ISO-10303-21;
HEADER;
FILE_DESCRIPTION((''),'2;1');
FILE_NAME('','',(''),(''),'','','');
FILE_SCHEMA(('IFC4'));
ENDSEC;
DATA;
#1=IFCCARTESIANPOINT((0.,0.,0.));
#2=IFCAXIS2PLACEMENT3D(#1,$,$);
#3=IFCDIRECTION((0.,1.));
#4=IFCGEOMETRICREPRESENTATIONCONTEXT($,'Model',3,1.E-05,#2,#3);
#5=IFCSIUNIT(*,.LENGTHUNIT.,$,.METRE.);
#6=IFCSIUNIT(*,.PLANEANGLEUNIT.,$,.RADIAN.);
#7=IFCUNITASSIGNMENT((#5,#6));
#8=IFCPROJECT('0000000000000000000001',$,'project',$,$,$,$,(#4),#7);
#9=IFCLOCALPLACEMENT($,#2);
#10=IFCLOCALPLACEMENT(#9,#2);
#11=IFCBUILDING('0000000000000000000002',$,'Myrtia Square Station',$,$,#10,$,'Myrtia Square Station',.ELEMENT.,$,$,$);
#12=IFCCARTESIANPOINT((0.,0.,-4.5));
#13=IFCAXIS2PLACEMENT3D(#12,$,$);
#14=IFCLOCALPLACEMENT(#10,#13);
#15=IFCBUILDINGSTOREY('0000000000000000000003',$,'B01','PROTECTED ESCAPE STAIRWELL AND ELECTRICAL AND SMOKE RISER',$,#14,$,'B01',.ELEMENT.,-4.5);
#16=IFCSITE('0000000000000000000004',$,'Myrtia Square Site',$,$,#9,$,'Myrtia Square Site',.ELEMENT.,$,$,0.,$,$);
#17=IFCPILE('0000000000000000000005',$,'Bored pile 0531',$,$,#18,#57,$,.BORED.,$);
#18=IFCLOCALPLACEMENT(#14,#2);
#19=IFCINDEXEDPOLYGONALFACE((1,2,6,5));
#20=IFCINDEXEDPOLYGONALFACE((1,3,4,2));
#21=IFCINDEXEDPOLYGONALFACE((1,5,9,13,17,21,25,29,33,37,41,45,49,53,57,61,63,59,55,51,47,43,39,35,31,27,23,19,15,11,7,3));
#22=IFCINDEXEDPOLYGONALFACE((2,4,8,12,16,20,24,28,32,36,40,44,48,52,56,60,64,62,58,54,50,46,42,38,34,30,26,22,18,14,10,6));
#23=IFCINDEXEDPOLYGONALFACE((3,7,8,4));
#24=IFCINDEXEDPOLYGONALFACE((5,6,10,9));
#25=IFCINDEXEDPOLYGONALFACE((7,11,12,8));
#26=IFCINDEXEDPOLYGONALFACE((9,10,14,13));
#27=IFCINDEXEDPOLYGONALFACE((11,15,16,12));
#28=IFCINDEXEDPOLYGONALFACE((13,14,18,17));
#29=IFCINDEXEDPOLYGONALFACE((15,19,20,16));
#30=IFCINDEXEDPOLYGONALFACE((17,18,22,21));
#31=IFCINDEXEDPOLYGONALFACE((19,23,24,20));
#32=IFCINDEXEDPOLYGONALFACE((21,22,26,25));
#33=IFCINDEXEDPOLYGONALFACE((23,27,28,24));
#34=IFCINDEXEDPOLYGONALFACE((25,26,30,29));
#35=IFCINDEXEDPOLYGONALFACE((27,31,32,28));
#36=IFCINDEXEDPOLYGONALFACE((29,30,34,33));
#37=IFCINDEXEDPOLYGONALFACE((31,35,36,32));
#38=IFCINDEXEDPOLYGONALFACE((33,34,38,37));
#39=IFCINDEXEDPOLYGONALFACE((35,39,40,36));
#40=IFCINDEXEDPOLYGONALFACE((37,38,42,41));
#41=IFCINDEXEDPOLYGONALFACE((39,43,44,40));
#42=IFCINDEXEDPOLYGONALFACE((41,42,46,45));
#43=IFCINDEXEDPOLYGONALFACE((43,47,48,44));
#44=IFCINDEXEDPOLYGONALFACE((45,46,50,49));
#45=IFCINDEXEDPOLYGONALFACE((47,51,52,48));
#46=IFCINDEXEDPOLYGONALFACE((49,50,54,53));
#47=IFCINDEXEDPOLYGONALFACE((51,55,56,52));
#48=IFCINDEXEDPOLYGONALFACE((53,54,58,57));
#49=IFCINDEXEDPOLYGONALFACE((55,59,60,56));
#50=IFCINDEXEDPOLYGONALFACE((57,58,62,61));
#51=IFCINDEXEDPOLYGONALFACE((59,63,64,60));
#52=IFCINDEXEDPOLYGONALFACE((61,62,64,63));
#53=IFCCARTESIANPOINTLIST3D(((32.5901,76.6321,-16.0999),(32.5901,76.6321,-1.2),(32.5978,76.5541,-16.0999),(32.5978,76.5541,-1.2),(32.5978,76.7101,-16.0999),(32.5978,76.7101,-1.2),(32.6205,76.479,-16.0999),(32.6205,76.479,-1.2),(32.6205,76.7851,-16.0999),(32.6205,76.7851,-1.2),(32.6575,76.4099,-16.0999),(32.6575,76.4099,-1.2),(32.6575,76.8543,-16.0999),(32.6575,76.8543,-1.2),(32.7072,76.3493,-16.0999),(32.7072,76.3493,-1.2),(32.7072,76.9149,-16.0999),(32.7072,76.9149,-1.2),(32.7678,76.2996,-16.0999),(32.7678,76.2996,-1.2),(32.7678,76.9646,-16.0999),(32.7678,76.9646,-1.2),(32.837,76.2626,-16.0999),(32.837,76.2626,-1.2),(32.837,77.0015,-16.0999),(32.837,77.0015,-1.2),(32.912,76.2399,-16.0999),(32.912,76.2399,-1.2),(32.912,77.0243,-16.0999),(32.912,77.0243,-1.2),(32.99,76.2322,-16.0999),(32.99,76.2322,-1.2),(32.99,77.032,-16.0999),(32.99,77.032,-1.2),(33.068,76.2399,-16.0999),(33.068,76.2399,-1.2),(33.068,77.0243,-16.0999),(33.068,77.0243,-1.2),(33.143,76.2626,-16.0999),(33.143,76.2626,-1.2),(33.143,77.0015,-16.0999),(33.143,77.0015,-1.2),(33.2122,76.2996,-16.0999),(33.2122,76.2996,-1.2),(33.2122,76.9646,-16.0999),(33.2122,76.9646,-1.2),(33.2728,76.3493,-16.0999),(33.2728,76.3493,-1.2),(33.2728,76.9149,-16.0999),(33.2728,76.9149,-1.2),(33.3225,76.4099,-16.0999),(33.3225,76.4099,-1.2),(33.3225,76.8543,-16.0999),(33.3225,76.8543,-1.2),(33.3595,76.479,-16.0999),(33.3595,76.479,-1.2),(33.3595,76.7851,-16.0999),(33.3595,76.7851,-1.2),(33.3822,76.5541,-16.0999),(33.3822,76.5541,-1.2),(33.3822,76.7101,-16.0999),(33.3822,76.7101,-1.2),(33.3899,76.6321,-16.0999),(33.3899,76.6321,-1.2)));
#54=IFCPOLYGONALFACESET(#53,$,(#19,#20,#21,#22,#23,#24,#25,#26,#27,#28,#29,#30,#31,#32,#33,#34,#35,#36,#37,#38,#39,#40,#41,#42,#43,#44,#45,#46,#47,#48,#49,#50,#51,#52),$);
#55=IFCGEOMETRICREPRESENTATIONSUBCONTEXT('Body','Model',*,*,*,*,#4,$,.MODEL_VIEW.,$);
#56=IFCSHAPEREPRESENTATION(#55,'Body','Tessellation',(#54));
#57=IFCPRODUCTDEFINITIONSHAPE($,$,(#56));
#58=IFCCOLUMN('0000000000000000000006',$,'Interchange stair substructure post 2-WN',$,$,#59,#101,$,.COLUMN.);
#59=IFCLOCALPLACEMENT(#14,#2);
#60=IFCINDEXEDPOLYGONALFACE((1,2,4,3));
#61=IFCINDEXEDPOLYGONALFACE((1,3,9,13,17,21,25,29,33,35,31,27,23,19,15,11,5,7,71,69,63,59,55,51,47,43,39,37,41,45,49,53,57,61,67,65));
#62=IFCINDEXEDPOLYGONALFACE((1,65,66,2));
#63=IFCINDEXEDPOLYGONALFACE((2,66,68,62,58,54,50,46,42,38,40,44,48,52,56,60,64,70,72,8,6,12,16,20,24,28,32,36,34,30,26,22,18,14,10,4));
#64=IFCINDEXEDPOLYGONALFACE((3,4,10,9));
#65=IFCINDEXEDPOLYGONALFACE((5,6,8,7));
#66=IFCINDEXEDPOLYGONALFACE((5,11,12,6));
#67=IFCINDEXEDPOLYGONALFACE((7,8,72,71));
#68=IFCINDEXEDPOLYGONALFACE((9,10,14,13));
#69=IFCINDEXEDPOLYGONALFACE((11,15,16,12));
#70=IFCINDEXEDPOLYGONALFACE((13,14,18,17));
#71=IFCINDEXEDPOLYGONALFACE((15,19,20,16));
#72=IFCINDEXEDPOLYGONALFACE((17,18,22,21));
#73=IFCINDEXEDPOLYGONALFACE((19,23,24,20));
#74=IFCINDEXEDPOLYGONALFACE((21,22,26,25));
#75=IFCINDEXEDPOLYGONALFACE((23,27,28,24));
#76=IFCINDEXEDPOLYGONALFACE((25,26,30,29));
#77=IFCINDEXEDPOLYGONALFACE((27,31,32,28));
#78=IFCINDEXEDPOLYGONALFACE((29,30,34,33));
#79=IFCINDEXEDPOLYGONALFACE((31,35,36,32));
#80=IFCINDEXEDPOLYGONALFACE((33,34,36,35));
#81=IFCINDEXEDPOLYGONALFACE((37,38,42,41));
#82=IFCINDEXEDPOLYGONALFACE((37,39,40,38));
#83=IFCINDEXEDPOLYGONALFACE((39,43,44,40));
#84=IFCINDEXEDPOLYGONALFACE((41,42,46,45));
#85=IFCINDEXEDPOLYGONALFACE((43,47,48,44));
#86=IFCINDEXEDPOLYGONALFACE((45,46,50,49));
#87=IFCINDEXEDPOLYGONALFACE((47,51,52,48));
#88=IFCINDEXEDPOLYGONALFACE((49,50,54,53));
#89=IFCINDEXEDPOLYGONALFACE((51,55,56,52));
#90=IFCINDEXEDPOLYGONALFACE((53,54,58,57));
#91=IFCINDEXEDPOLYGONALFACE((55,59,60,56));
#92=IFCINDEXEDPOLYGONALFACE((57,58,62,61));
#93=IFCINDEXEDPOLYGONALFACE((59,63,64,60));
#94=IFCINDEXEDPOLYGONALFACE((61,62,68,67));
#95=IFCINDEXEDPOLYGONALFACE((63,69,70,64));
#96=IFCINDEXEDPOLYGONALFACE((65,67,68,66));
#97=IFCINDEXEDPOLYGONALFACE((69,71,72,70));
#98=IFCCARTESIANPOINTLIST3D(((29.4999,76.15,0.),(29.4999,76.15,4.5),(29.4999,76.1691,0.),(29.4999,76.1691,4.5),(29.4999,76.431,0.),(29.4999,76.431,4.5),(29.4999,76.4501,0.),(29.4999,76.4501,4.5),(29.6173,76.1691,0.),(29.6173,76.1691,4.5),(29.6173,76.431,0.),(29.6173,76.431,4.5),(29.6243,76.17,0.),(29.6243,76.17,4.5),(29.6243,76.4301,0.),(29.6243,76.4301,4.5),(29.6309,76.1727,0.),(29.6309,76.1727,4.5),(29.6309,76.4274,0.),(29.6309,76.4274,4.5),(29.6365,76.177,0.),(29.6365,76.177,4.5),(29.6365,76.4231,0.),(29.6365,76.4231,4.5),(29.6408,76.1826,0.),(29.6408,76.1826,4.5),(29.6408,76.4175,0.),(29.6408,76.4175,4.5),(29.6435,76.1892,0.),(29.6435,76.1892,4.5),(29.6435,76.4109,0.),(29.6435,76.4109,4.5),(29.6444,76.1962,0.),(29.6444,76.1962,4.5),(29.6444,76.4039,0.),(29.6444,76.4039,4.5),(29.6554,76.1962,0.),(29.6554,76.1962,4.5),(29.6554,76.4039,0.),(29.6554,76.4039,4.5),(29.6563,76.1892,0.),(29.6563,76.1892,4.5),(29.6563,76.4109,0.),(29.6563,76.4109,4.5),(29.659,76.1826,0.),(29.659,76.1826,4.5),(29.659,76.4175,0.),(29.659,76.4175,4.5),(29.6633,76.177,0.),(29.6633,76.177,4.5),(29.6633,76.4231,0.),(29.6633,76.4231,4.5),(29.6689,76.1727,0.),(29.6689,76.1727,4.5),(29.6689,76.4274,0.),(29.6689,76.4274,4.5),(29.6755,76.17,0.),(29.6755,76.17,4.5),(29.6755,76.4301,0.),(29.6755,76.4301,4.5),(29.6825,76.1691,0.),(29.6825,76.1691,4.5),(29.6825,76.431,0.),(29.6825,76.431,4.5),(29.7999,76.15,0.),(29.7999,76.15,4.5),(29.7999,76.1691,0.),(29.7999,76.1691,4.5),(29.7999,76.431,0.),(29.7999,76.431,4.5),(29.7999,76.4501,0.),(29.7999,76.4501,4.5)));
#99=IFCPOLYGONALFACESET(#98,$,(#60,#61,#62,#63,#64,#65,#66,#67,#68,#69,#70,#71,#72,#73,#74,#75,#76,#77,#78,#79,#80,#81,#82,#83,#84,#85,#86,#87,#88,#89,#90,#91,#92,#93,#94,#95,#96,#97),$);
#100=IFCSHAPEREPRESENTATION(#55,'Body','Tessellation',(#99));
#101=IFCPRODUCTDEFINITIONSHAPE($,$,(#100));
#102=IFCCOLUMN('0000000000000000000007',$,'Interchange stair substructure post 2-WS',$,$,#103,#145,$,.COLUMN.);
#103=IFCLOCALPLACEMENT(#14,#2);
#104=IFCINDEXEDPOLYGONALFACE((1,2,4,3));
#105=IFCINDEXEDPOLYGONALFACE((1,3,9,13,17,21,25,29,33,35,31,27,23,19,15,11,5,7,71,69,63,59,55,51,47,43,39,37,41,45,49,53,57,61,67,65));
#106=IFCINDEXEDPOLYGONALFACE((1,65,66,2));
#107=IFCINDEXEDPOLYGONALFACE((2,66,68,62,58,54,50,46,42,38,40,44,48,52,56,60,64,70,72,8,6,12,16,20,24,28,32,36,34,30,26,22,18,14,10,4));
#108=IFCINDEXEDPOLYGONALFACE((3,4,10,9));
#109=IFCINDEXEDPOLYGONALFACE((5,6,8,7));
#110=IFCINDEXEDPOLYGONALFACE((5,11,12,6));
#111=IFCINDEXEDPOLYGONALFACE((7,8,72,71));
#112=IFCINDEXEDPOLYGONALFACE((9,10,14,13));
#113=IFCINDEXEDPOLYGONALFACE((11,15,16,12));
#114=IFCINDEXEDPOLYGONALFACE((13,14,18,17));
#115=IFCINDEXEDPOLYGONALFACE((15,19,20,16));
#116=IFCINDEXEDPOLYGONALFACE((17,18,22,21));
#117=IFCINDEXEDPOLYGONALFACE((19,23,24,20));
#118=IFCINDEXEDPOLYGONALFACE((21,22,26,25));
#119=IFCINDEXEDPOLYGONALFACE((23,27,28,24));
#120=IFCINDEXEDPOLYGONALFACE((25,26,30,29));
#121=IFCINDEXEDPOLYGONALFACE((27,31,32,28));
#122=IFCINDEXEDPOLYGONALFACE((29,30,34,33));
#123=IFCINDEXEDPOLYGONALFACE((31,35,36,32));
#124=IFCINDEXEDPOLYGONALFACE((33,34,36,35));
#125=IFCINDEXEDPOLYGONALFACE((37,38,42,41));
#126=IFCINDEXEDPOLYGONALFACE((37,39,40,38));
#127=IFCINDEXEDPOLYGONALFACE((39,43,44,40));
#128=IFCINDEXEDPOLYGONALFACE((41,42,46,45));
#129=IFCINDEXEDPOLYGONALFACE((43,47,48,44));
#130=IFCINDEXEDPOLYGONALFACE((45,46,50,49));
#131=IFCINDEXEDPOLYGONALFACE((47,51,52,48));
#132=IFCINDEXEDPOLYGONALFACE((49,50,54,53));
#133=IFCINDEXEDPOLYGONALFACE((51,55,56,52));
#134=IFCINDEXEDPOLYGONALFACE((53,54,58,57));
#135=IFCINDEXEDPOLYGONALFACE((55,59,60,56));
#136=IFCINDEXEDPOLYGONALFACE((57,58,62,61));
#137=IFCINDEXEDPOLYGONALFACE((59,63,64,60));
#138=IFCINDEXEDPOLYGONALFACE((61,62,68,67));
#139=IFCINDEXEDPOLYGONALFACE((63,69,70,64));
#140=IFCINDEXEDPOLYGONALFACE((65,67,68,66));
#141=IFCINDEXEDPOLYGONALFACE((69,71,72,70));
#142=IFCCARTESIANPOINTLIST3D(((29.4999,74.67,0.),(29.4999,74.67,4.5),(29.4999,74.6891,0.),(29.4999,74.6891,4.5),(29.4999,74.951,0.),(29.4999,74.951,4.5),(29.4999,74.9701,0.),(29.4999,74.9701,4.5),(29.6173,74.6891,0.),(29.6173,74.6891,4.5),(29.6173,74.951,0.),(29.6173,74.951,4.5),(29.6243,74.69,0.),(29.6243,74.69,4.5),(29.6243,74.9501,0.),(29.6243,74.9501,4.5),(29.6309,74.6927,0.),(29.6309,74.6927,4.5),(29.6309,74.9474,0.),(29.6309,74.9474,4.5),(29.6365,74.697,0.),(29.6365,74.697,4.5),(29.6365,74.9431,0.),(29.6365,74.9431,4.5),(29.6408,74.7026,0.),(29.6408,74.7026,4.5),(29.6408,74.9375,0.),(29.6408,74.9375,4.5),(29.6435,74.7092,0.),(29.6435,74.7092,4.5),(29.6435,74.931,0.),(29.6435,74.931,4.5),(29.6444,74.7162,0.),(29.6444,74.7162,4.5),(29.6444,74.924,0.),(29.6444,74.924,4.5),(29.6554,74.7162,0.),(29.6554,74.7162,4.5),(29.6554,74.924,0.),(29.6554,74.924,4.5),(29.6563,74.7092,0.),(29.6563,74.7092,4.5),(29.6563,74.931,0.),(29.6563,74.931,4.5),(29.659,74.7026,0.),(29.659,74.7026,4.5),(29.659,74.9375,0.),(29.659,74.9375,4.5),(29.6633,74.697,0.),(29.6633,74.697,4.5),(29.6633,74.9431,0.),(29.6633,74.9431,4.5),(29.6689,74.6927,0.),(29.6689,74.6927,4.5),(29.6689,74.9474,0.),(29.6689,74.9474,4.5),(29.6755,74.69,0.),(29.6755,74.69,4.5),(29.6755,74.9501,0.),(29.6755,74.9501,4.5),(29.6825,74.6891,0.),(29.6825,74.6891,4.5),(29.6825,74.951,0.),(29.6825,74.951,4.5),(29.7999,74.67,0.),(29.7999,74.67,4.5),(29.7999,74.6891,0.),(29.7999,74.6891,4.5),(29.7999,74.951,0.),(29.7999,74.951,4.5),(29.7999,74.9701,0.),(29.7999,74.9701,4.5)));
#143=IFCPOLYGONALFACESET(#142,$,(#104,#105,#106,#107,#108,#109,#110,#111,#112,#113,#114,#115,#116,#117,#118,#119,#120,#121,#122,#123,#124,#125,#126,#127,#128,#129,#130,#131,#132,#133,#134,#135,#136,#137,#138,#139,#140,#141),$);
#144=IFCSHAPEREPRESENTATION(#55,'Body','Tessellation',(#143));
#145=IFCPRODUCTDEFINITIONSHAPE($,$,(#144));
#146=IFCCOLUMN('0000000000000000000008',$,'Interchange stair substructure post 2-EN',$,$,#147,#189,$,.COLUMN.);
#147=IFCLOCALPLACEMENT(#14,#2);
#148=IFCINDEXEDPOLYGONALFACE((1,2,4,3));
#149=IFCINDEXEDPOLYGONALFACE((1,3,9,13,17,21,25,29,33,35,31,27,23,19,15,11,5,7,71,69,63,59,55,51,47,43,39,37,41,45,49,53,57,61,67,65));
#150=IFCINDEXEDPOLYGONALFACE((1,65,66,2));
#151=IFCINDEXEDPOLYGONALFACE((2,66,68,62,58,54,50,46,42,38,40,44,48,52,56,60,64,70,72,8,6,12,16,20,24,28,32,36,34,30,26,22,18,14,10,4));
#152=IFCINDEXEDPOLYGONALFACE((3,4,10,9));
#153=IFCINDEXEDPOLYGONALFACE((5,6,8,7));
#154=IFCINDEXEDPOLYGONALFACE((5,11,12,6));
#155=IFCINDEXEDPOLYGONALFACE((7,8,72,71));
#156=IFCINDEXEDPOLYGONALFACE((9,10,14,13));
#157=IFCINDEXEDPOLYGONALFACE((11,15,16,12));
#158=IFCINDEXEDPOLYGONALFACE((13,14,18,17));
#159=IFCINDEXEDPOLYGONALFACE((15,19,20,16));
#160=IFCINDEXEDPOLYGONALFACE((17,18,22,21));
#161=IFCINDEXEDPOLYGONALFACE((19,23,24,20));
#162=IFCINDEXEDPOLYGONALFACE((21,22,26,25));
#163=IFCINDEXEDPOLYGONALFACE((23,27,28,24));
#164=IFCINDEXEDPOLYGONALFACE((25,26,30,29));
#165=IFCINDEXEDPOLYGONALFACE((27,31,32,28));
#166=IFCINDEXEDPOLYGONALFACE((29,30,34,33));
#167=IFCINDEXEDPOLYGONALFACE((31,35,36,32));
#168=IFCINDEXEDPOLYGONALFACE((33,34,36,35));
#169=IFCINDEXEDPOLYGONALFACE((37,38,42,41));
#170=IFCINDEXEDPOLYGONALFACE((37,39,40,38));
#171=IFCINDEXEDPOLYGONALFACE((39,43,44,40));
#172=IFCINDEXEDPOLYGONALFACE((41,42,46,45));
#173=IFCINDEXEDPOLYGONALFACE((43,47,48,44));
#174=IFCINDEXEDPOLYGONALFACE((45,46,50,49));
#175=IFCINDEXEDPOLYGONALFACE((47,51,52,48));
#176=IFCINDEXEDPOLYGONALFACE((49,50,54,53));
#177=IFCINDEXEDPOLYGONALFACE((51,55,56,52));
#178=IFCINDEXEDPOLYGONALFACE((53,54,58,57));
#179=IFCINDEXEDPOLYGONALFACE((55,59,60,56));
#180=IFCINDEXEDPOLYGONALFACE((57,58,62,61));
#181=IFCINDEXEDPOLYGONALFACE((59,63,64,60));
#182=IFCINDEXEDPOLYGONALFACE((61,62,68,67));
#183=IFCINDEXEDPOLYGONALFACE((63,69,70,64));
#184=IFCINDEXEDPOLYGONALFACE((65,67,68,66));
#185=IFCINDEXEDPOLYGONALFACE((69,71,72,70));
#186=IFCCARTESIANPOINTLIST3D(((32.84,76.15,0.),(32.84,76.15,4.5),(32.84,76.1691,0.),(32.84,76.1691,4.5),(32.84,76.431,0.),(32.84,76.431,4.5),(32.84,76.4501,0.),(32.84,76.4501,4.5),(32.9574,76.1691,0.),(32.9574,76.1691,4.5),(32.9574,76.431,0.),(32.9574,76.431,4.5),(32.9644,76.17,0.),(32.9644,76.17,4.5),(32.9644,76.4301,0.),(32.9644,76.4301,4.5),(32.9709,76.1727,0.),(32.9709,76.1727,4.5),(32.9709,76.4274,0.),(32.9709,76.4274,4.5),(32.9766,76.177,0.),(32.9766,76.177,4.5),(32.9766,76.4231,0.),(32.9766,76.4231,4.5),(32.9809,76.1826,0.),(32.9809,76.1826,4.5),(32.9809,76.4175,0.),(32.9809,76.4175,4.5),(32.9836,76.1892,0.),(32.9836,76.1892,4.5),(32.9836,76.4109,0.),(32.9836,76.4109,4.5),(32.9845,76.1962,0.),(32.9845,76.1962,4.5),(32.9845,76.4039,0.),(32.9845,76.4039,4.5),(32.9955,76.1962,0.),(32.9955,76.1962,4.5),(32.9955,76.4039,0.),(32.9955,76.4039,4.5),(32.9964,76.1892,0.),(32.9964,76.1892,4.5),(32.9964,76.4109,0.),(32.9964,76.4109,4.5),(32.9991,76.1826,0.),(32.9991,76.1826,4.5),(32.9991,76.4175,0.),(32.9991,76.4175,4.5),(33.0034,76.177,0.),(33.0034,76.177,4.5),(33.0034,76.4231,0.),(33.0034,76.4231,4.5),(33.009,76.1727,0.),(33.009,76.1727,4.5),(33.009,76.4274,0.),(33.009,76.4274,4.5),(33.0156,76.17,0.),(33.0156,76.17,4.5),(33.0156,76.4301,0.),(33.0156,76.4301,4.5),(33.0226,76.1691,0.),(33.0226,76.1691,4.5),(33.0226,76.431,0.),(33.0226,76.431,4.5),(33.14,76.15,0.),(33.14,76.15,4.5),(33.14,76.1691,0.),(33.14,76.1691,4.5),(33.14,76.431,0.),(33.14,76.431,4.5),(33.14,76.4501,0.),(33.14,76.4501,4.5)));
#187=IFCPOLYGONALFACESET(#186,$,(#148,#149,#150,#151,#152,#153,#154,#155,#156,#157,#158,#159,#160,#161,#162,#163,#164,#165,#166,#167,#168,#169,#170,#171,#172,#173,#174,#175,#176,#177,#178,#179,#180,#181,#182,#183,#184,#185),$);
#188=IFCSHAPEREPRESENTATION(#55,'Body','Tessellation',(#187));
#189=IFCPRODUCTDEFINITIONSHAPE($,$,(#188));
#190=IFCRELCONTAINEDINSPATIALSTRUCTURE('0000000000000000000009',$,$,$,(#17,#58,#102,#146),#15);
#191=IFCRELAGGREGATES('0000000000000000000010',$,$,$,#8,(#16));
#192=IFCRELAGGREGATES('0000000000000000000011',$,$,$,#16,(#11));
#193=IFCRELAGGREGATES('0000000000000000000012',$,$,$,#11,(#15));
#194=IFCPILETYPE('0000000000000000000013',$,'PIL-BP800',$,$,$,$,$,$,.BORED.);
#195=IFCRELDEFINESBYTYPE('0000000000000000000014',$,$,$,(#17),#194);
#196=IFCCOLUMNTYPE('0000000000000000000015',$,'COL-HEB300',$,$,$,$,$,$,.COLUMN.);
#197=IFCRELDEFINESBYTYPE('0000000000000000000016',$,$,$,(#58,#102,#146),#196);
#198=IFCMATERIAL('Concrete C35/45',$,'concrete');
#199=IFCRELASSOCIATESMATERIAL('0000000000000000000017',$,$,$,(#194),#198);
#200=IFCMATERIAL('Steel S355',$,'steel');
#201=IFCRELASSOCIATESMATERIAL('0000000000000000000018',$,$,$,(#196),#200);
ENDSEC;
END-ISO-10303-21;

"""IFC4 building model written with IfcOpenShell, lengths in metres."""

from ifc_helpers import new_model, si_unit, direction, frame, origin, origin_2d, place, context, subcontext, project, spatial, circle, i_section, extrude, material, material_profile, profile_set, type_object, element, save


model = new_model("IFC4")

# Units and contexts
model_context = context("Model", 3, precision=1e-05, world=origin(), true_north=direction((0.0, 1.0)))
body_context = subcontext(model_context, "Body", "Model", "MODEL_VIEW")
ifc_project = project(units=[si_unit("LENGTHUNIT", "METRE"), si_unit("PLANEANGLEUNIT", "RADIAN")], contexts=[model_context])

# Site, building, storey
site_placement = place(None, origin())
site = spatial("IfcSite", under=ifc_project, at=site_placement, Name="Myrtia Square Site", LongName="Myrtia Square Site", CompositionType="ELEMENT", RefElevation=0.0)
building_placement = place(site_placement, origin())
building = spatial("IfcBuilding", under=site, at=building_placement, Name="Myrtia Square Station", LongName="Myrtia Square Station", CompositionType="ELEMENT")
storey_placement = place(building_placement, frame((0.0, 0.0, -4.5)))
storey = spatial("IfcBuildingStorey", under=building, at=storey_placement, Name="B01", Description="PROTECTED ESCAPE STAIRWELL AND ELECTRICAL AND SMOKE RISER", LongName="B01", CompositionType="ELEMENT", Elevation=-4.5)

# Shared definitions
ifc_material_1 = material(Name="Concrete C35/45", Category="concrete")

# Pile
ifc_material_profile_1 = material_profile(ifc_material_1, circle(Radius=0.3999, at=origin_2d()), Name="BP D800")
ifc_profile_set_1 = profile_set([ifc_material_profile_1], Name="Concrete C35/45")
pile_type_1 = type_object("IfcPileType", Name="PIL-BP800", PredefinedType="BORED", material=ifc_profile_set_1)
for number, where, z_axis, x_axis, name in (
    (1, (32.99, 76.6321, -1.2), (0.0, 0.0, -1.0), (1.0, 0.0, 0.0), "Bored pile 0531"),
):
    element("IfcPile", number, at=place(storey_placement, frame(where, z_axis=z_axis, x_axis=x_axis)), inside=storey, type_object=pile_type_1, Name=name, PredefinedType="BORED", context=body_context, shape_type="SweptSolid", body=[
        extrude(circle(Radius=0.3999, at=origin_2d()), origin(), (0.0, 0.0, 1.0), 14.8999),
    ])

# Columns
ifc_material_2 = material(Name="Steel S355", Category="steel")
ifc_material_profile_2 = material_profile(ifc_material_2, i_section(OverallWidth=0.3, OverallDepth=0.3, WebThickness=0.011, FlangeThickness=0.019, FilletRadius=0.0271, at=origin_2d()), Name="HEB 300")
ifc_profile_set_2 = profile_set([ifc_material_profile_2], Name="Steel S355")
column_type_1 = type_object("IfcColumnType", Name="COL-HEB300", PredefinedType="COLUMN", material=ifc_profile_set_2)
for number, where, z_axis, x_axis, name in (
    (2, (29.6499, 76.3, 0.0), (0.0, 0.0, 1.0), (1.0, 0.0, 0.0), "Interchange stair substructure post 2-WN"),
    (3, (29.6499, 74.8201, 0.0), (0.0, 0.0, 1.0), (1.0, 0.0, 0.0), "Interchange stair substructure post 2-WS"),
    (4, (32.99, 76.3, 0.0), (0.0, 0.0, 1.0), (1.0, 0.0, 0.0), "Interchange stair substructure post 2-EN"),
):
    element("IfcColumn", number, at=place(storey_placement, frame(where, z_axis=z_axis, x_axis=x_axis)), inside=storey, type_object=column_type_1, Name=name, PredefinedType="COLUMN", context=body_context, shape_type="SweptSolid", body=[
        extrude(i_section(OverallWidth=0.3, OverallDepth=0.3, WebThickness=0.011, FlangeThickness=0.019, FilletRadius=0.0271, at=origin_2d()), origin(), (0.0, 0.0, 1.0), 4.5),
    ])

save(model, "model.ifc")
